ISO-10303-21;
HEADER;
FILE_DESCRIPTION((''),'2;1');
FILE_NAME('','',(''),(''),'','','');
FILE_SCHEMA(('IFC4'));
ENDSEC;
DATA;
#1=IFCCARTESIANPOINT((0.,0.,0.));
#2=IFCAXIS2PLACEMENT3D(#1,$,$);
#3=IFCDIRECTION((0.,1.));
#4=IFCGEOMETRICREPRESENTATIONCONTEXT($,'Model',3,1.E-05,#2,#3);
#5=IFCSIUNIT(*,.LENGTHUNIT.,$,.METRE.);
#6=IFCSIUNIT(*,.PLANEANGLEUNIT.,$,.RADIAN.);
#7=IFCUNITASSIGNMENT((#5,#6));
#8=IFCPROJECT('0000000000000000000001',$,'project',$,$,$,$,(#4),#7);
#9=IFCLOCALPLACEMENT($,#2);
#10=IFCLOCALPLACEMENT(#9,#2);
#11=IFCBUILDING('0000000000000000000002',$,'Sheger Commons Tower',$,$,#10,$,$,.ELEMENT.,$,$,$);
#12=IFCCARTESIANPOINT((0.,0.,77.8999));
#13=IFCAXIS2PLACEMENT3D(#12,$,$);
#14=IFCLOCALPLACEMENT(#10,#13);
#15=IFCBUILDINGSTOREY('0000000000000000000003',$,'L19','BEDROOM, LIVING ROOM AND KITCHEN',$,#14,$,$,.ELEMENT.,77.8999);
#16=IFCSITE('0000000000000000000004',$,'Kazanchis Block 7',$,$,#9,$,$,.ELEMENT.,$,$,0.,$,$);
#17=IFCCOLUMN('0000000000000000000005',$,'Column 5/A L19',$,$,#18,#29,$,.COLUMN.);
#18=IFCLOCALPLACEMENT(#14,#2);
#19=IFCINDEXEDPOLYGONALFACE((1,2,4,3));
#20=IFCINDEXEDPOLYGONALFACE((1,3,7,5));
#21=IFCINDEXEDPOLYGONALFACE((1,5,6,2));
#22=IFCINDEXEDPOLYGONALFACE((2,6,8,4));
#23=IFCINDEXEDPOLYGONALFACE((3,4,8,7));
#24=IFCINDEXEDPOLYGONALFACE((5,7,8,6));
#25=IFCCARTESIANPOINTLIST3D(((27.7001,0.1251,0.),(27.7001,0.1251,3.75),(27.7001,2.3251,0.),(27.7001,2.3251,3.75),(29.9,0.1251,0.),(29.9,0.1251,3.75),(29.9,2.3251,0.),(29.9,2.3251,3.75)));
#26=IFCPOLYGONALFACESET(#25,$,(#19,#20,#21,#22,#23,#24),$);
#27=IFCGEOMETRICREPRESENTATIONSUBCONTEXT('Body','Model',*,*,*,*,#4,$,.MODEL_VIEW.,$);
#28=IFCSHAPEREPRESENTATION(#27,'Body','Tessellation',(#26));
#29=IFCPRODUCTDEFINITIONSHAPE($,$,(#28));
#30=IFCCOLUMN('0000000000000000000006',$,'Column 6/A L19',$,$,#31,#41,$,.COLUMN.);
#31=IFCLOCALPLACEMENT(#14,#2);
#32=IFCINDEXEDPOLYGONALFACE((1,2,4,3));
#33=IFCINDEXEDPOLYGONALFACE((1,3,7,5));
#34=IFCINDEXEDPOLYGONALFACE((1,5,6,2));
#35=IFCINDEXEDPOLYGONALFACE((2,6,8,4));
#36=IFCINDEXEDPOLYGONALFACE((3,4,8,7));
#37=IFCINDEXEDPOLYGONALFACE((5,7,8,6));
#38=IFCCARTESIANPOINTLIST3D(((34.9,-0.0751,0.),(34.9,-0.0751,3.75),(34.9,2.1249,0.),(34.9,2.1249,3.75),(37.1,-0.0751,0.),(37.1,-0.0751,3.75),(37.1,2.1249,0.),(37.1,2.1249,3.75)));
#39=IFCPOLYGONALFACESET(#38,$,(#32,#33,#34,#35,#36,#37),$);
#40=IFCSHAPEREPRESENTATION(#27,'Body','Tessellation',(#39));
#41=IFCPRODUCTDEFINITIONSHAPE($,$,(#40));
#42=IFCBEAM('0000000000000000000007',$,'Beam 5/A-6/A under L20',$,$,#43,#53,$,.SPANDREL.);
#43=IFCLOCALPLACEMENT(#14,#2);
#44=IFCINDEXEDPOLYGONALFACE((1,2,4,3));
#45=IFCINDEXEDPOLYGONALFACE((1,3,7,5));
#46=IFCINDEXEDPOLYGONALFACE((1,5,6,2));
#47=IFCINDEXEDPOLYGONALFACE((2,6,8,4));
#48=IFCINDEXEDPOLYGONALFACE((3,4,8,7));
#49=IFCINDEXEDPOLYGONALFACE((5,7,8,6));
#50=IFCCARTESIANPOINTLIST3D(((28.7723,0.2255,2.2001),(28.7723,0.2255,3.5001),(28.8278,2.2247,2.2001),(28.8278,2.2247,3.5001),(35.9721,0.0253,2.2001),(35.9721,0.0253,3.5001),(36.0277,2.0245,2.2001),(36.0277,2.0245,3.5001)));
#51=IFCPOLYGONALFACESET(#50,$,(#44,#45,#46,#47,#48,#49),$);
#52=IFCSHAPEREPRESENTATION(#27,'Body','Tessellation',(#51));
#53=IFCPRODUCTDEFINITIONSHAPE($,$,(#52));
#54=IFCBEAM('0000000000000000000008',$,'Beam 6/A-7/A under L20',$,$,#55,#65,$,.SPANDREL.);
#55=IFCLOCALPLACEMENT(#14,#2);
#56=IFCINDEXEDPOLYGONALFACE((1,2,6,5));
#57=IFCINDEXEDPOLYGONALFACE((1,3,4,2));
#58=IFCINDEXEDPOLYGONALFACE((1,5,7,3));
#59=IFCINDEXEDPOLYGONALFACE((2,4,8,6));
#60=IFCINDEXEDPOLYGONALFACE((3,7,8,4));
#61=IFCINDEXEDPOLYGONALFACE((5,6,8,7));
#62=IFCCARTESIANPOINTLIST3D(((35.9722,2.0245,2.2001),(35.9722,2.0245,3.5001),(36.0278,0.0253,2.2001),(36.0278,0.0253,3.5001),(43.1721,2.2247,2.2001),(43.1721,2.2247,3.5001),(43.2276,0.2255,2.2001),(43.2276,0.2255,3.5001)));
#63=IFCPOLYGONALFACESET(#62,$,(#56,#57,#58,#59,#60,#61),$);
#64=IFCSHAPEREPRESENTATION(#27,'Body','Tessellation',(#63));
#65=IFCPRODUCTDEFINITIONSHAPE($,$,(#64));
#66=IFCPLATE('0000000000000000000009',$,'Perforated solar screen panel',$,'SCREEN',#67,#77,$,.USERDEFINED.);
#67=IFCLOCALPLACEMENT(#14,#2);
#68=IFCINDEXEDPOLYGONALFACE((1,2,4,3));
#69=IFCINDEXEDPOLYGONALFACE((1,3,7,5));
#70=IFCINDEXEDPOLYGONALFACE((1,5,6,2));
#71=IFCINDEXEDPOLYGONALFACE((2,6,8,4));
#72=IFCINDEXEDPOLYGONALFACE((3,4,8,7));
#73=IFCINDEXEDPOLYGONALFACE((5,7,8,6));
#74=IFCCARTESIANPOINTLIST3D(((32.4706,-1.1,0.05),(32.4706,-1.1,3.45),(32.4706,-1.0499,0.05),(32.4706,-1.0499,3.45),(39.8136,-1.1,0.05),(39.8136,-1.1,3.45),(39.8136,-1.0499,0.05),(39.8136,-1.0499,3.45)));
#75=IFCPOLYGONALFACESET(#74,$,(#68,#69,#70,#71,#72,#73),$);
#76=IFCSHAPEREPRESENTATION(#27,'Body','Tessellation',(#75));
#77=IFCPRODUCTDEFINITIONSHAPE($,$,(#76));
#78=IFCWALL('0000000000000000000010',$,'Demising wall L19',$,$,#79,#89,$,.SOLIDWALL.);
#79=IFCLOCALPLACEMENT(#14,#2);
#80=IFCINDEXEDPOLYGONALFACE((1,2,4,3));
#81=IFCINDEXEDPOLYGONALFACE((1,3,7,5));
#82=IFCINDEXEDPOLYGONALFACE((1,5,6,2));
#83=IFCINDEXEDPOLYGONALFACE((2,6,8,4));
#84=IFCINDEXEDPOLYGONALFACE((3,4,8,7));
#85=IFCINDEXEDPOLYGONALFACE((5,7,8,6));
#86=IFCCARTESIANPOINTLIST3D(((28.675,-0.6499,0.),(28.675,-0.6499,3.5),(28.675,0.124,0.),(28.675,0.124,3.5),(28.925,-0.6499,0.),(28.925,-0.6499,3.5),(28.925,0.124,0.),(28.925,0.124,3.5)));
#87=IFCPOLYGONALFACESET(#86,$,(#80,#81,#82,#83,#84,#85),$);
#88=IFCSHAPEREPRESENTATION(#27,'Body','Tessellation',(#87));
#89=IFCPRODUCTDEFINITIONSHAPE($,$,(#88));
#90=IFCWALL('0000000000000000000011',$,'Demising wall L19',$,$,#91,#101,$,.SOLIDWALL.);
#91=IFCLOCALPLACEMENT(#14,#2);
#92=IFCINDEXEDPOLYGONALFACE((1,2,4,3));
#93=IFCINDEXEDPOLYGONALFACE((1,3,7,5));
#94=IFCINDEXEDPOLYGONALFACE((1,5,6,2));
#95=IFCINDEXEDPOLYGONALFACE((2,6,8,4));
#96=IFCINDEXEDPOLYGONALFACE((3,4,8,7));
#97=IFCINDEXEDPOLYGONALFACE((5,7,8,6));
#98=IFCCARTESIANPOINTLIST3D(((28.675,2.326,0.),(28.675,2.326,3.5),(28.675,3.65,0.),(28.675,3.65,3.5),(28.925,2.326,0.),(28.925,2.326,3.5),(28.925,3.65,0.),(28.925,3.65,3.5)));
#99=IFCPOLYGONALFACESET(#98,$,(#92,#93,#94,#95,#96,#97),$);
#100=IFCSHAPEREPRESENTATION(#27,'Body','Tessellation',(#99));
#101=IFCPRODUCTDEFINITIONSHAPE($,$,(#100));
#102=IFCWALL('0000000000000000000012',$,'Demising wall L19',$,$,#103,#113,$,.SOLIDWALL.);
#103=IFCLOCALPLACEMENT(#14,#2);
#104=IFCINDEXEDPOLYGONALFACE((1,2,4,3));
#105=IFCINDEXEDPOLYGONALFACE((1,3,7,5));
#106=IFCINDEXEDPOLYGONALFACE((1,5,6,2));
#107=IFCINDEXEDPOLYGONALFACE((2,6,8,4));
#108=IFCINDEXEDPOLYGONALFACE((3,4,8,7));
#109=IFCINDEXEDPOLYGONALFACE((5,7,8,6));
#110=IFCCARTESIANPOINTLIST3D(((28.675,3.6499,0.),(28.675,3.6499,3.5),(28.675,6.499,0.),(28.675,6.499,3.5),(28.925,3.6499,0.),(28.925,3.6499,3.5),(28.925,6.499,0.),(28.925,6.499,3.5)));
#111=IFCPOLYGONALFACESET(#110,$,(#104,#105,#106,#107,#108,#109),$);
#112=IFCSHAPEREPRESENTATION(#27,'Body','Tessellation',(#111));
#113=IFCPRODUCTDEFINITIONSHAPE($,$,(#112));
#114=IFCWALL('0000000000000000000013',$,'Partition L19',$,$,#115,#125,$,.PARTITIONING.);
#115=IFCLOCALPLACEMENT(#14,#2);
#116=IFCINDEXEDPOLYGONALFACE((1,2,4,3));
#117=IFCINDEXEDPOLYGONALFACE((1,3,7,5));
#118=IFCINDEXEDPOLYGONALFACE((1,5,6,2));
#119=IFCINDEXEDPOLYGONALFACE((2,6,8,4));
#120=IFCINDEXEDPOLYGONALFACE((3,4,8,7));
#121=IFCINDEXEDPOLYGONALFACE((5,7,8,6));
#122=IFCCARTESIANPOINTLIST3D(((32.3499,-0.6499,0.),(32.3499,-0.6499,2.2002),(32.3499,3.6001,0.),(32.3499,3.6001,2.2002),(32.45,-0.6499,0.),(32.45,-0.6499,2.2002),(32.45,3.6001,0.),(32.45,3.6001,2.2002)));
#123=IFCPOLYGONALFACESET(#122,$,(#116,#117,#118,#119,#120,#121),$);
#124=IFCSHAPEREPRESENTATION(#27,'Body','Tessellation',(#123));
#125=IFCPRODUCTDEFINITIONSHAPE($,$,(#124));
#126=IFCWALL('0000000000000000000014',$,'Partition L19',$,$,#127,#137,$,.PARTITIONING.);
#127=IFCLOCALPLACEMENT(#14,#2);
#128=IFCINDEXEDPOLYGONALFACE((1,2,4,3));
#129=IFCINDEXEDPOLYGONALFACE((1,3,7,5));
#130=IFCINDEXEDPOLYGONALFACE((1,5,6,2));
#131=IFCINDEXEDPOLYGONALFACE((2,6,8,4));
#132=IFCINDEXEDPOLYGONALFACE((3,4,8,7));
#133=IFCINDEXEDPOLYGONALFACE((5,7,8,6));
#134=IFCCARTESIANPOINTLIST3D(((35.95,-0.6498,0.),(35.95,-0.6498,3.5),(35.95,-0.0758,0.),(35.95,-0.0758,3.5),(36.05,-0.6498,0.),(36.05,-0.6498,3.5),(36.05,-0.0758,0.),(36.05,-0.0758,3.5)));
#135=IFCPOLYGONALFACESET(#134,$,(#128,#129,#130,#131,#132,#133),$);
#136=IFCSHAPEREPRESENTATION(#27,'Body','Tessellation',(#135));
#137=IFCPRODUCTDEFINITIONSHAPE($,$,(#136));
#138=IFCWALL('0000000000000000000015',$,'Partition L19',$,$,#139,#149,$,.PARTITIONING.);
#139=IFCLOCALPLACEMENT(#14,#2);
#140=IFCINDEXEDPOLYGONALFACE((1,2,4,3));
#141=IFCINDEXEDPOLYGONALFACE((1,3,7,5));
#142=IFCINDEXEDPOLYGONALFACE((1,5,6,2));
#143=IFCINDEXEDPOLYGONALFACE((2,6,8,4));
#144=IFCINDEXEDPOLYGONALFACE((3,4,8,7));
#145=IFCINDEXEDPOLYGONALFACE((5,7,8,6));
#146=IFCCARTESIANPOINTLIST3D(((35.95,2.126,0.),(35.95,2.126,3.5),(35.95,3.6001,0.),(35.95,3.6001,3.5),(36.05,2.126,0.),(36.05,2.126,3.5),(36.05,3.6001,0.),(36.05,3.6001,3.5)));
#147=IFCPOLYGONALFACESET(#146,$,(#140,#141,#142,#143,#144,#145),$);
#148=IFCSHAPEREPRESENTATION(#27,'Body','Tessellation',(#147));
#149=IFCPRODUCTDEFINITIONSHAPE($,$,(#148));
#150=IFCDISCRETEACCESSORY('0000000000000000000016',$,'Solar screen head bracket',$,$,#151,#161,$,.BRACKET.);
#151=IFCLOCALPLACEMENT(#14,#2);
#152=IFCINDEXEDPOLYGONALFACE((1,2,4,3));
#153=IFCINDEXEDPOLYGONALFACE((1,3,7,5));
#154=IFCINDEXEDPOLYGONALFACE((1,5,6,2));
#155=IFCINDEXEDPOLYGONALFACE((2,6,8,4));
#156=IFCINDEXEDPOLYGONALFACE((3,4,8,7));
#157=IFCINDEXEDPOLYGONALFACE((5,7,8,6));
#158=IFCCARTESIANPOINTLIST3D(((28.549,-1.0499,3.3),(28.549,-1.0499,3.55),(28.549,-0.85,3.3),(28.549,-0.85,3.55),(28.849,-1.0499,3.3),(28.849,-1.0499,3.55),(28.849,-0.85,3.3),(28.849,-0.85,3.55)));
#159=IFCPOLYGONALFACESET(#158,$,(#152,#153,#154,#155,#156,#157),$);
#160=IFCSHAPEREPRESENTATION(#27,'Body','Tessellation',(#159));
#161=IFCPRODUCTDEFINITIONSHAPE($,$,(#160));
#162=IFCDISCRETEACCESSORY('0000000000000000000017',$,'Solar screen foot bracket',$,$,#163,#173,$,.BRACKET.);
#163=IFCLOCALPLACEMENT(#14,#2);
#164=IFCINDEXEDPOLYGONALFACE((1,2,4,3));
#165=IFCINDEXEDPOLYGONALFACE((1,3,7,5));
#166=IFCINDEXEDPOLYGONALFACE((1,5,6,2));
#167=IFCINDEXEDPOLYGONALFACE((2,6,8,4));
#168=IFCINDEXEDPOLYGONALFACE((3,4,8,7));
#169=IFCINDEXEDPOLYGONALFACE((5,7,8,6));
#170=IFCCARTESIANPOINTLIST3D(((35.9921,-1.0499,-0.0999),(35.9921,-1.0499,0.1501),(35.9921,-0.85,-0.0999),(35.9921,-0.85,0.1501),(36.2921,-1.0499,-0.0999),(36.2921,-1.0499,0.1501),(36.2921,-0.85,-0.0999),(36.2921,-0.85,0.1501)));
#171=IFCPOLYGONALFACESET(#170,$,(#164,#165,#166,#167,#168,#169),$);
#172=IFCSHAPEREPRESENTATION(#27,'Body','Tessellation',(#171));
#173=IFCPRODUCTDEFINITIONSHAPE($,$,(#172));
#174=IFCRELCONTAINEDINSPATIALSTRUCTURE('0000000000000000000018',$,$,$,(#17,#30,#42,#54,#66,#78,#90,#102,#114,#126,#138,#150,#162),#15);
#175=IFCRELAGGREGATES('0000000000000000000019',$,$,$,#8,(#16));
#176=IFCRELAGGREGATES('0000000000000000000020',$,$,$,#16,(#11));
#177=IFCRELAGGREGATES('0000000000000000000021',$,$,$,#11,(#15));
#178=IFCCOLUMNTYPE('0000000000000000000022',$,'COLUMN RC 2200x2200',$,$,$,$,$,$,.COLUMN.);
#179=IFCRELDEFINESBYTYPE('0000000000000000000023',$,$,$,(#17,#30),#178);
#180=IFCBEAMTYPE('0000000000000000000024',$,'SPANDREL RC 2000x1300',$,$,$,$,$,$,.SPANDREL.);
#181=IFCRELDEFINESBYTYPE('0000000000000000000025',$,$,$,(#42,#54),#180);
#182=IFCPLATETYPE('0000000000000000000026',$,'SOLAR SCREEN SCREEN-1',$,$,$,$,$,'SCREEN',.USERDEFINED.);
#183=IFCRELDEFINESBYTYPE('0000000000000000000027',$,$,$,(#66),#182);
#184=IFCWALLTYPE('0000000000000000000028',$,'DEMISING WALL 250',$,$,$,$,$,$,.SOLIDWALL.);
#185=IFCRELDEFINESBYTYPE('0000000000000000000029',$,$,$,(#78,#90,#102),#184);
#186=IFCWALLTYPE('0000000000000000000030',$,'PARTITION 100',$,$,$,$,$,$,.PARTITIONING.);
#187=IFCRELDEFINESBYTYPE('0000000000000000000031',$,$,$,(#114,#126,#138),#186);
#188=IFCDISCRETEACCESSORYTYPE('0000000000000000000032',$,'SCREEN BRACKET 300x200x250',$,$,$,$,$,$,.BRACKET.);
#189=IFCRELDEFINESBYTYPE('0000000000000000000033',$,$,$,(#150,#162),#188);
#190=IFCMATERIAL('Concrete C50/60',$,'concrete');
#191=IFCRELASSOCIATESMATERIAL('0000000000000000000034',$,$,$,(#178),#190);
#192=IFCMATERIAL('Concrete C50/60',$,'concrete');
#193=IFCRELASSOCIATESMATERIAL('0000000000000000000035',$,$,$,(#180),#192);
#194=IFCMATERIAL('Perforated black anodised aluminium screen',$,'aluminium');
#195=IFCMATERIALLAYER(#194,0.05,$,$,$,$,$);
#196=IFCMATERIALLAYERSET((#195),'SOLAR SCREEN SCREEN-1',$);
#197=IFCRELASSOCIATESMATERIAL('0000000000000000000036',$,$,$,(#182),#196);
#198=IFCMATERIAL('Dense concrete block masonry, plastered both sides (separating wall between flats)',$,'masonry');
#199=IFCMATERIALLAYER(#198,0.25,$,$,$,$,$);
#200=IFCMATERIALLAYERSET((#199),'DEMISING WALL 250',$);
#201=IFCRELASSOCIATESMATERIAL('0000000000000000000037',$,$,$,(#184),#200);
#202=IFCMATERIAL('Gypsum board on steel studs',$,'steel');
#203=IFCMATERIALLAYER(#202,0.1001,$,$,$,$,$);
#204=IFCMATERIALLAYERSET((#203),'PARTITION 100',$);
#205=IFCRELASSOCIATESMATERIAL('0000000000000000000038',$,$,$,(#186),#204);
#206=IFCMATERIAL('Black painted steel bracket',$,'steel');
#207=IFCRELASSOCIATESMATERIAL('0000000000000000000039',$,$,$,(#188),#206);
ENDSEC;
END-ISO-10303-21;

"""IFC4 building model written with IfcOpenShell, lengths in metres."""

from ifc_helpers import new_model, si_unit, direction, frame, frame_2d, origin, origin_2d, place, context, subcontext, project, spatial, rectangle, extrude, material, layer, layer_set, material_profile, profile_set, type_object, element, save


model = new_model("IFC4")

# Units and contexts
model_context = context("Model", 3, precision=1e-05, world=origin(), true_north=direction((0.0, 1.0)))
body_context = subcontext(model_context, "Body", "Model", "MODEL_VIEW")
ifc_project = project(units=[si_unit("LENGTHUNIT", "METRE"), si_unit("PLANEANGLEUNIT", "RADIAN")], contexts=[model_context])

# Site, building, storey
site_placement = place(None, origin())
site = spatial("IfcSite", under=ifc_project, at=site_placement, Name="Kazanchis Block 7", CompositionType="ELEMENT", RefElevation=0.0)
building_placement = place(site_placement, origin())
building = spatial("IfcBuilding", under=site, at=building_placement, Name="Sheger Commons Tower", CompositionType="ELEMENT")
storey_placement = place(building_placement, frame((0.0, 0.0, 77.8999)))
storey = spatial("IfcBuildingStorey", under=building, at=storey_placement, Name="L19", Description="BEDROOM, LIVING ROOM AND KITCHEN", CompositionType="ELEMENT", Elevation=77.8999)

# Columns
ifc_material_1 = material(Name="Concrete C50/60", Category="concrete")
ifc_material_profile_1 = material_profile(ifc_material_1, rectangle(XDim=2.2, YDim=2.2, at=origin_2d()), Name="RC 2200x2200")
ifc_profile_set_1 = profile_set([ifc_material_profile_1], Name="Concrete C50/60")
column_type = type_object("IfcColumnType", Name="COLUMN RC 2200x2200", PredefinedType="COLUMN", material=ifc_profile_set_1)
for number, where, z_axis, x_axis, name in (
    (1, (28.8, 1.2251, 0.0), (0.0, 0.0, 1.0), (1.0, 0.0, 0.0), "Column 5/A L19"),
    (2, (36.0, 1.0249, 0.0), (0.0, 0.0, 1.0), (1.0, 0.0, 0.0), "Column 6/A L19"),
):
    element("IfcColumn", number, at=place(storey_placement, frame(where, z_axis=z_axis, x_axis=x_axis)), inside=storey, type_object=column_type, Name=name, PredefinedType="COLUMN", context=body_context, shape_type="SweptSolid", body=[
        extrude(rectangle(XDim=2.2, YDim=2.2, at=origin_2d()), origin(), (0.0, 0.0, 1.0), 3.75),
    ])

# Beams
ifc_material_2 = material(Name="Concrete C50/60", Category="concrete")
ifc_material_profile_2 = material_profile(ifc_material_2, rectangle(XDim=2.0, YDim=1.3, at=origin_2d()), Name="RC 2000x1300")
ifc_profile_set_2 = profile_set([ifc_material_profile_2], Name="Concrete C50/60")
beam_type = type_object("IfcBeamType", Name="SPANDREL RC 2000x1300", PredefinedType="SPANDREL", material=ifc_profile_set_2)
for number, where, z_axis, x_axis, name in (
    (3, (28.8, 1.2251, 2.8501), (0.999614, -0.027794, 0.0), (0.027794, 0.999614, 0.0), "Beam 5/A-6/A under L20"),
    (4, (36.0, 1.0249, 2.8501), (0.999614, 0.027794, 0.0), (-0.027794, 0.999614, 0.0), "Beam 6/A-7/A under L20"),
):
    element("IfcBeam", number, at=place(storey_placement, frame(where, z_axis=z_axis, x_axis=x_axis)), inside=storey, type_object=beam_type, Name=name, PredefinedType="SPANDREL", context=body_context, shape_type="SweptSolid", body=[
        extrude(rectangle(XDim=2.0, YDim=1.3, at=origin_2d()), origin(), (0.0, 0.0, 1.0), 7.2026),
    ])

# Plate
ifc_material_3 = material(Name="Perforated black anodised aluminium screen", Category="aluminium")
ifc_layer_1 = layer(ifc_material_3, 0.05)
ifc_layer_set_1 = layer_set([ifc_layer_1], Name="SOLAR SCREEN SCREEN-1")
plate_type = type_object("IfcPlateType", Name="SOLAR SCREEN SCREEN-1", ElementType="SCREEN", PredefinedType="USERDEFINED", material=ifc_layer_set_1)
plate_placement = place(storey_placement, frame((36.1421, -1.075, 0.05), z_axis=(0.0, 0.0, 1.0), x_axis=(1.0, 0.0, 0.0)))
element("IfcPlate", 5, at=plate_placement, inside=storey, type_object=plate_type, Name="Perforated solar screen panel", ObjectType="SCREEN", PredefinedType="USERDEFINED", context=body_context, shape_type="SweptSolid", body=[
    extrude(rectangle(XDim=7.343, YDim=0.05, at=origin_2d()), origin(), (0.0, 0.0, 1.0), 3.3999),
])

# Walls
ifc_material_4 = material(Name="Dense concrete block masonry, plastered both sides (separating wall between flats)", Category="masonry")
ifc_layer_2 = layer(ifc_material_4, 0.25)
ifc_layer_set_2 = layer_set([ifc_layer_2], Name="DEMISING WALL 250")
wall_type_1 = type_object("IfcWallType", Name="DEMISING WALL 250", PredefinedType="SOLIDWALL", material=ifc_layer_set_2)
wall_1_placement = place(storey_placement, frame((28.8, -0.6499, 0.0), z_axis=(0.0, 0.0, 1.0), x_axis=(0.0, 1.0, 0.0)))
element("IfcWall", 6, at=wall_1_placement, inside=storey, type_object=wall_type_1, Name="Demising wall L19", PredefinedType="SOLIDWALL", context=body_context, shape_type="SweptSolid", body=[
    extrude(rectangle(XDim=0.7739, YDim=0.25, at=frame_2d((0.387, 0.0))), origin(), (0.0, 0.0, 1.0), 3.5),
])
wall_2_placement = place(storey_placement, frame((28.8, 2.3259, 0.0), z_axis=(0.0, 0.0, 1.0), x_axis=(0.0, 1.0, 0.0)))
element("IfcWall", 7, at=wall_2_placement, inside=storey, type_object=wall_type_1, Name="Demising wall L19", PredefinedType="SOLIDWALL", context=body_context, shape_type="SweptSolid", body=[
    extrude(rectangle(XDim=1.324, YDim=0.25, at=frame_2d((0.6621, 0.0))), origin(), (0.0, 0.0, 1.0), 3.5),
])
wall_3_placement = place(storey_placement, frame((28.8, 3.6499, 0.0), z_axis=(0.0, 0.0, 1.0), x_axis=(0.0, 1.0, 0.0)))
element("IfcWall", 8, at=wall_3_placement, inside=storey, type_object=wall_type_1, Name="Demising wall L19", PredefinedType="SOLIDWALL", context=body_context, shape_type="SweptSolid", body=[
    extrude(rectangle(XDim=2.8491, YDim=0.25, at=frame_2d((1.4246, 0.0))), origin(), (0.0, 0.0, 1.0), 3.5),
])
ifc_material_5 = material(Name="Gypsum board on steel studs", Category="steel")
ifc_layer_3 = layer(ifc_material_5, 0.1001)
ifc_layer_set_3 = layer_set([ifc_layer_3], Name="PARTITION 100")
wall_type_2 = type_object("IfcWallType", Name="PARTITION 100", PredefinedType="PARTITIONING", material=ifc_layer_set_3)
wall_4_placement = place(storey_placement, frame((32.3999, -0.6499, 0.0), z_axis=(0.0, 0.0, 1.0), x_axis=(0.0, 1.0, 0.0)))
element("IfcWall", 9, at=wall_4_placement, inside=storey, type_object=wall_type_2, Name="Partition L19", PredefinedType="PARTITIONING", context=body_context, shape_type="SweptSolid", body=[
    extrude(rectangle(XDim=4.25, YDim=0.1001, at=frame_2d((2.125, 0.0))), origin(), (0.0, 0.0, 1.0), 2.2002),
])
wall_5_placement = place(storey_placement, frame((36.0, -0.6499, 0.0), z_axis=(0.0, 0.0, 1.0), x_axis=(0.0, 1.0, 0.0)))
element("IfcWall", 10, at=wall_5_placement, inside=storey, type_object=wall_type_2, Name="Partition L19", PredefinedType="PARTITIONING", context=body_context, shape_type="SweptSolid", body=[
    extrude(rectangle(XDim=0.574, YDim=0.1001, at=frame_2d((0.2871, 0.0))), origin(), (0.0, 0.0, 1.0), 3.5),
])
wall_6_placement = place(storey_placement, frame((36.0, 2.126, 0.0), z_axis=(0.0, 0.0, 1.0), x_axis=(0.0, 1.0, 0.0)))
element("IfcWall", 11, at=wall_6_placement, inside=storey, type_object=wall_type_2, Name="Partition L19", PredefinedType="PARTITIONING", context=body_context, shape_type="SweptSolid", body=[
    extrude(rectangle(XDim=1.4741, YDim=0.1001, at=frame_2d((0.7371, 0.0))), origin(), (0.0, 0.0, 1.0), 3.5),
])

# Discrete accessories
ifc_material_6 = material(Name="Black painted steel bracket", Category="steel")
discrete_accessory_type = type_object("IfcDiscreteAccessoryType", Name="SCREEN BRACKET 300x200x250", PredefinedType="BRACKET", material=ifc_material_6)
for number, where, z_axis, x_axis, name in (
    (12, (28.699, -0.95, 3.3), (0.0, 0.0, 1.0), (1.0, 0.0, 0.0), "Solar screen head bracket"),
    (13, (36.1421, -0.95, -0.0999), (0.0, 0.0, 1.0), (1.0, 0.0, 0.0), "Solar screen foot bracket"),
):
    element("IfcDiscreteAccessory", number, at=place(storey_placement, frame(where, z_axis=z_axis, x_axis=x_axis)), inside=storey, type_object=discrete_accessory_type, Name=name, PredefinedType="BRACKET", context=body_context, shape_type="SweptSolid", body=[
        extrude(rectangle(XDim=0.3, YDim=0.2, at=origin_2d()), origin(), (0.0, 0.0, 1.0), 0.25),
    ])

save(model, "model.ifc")
